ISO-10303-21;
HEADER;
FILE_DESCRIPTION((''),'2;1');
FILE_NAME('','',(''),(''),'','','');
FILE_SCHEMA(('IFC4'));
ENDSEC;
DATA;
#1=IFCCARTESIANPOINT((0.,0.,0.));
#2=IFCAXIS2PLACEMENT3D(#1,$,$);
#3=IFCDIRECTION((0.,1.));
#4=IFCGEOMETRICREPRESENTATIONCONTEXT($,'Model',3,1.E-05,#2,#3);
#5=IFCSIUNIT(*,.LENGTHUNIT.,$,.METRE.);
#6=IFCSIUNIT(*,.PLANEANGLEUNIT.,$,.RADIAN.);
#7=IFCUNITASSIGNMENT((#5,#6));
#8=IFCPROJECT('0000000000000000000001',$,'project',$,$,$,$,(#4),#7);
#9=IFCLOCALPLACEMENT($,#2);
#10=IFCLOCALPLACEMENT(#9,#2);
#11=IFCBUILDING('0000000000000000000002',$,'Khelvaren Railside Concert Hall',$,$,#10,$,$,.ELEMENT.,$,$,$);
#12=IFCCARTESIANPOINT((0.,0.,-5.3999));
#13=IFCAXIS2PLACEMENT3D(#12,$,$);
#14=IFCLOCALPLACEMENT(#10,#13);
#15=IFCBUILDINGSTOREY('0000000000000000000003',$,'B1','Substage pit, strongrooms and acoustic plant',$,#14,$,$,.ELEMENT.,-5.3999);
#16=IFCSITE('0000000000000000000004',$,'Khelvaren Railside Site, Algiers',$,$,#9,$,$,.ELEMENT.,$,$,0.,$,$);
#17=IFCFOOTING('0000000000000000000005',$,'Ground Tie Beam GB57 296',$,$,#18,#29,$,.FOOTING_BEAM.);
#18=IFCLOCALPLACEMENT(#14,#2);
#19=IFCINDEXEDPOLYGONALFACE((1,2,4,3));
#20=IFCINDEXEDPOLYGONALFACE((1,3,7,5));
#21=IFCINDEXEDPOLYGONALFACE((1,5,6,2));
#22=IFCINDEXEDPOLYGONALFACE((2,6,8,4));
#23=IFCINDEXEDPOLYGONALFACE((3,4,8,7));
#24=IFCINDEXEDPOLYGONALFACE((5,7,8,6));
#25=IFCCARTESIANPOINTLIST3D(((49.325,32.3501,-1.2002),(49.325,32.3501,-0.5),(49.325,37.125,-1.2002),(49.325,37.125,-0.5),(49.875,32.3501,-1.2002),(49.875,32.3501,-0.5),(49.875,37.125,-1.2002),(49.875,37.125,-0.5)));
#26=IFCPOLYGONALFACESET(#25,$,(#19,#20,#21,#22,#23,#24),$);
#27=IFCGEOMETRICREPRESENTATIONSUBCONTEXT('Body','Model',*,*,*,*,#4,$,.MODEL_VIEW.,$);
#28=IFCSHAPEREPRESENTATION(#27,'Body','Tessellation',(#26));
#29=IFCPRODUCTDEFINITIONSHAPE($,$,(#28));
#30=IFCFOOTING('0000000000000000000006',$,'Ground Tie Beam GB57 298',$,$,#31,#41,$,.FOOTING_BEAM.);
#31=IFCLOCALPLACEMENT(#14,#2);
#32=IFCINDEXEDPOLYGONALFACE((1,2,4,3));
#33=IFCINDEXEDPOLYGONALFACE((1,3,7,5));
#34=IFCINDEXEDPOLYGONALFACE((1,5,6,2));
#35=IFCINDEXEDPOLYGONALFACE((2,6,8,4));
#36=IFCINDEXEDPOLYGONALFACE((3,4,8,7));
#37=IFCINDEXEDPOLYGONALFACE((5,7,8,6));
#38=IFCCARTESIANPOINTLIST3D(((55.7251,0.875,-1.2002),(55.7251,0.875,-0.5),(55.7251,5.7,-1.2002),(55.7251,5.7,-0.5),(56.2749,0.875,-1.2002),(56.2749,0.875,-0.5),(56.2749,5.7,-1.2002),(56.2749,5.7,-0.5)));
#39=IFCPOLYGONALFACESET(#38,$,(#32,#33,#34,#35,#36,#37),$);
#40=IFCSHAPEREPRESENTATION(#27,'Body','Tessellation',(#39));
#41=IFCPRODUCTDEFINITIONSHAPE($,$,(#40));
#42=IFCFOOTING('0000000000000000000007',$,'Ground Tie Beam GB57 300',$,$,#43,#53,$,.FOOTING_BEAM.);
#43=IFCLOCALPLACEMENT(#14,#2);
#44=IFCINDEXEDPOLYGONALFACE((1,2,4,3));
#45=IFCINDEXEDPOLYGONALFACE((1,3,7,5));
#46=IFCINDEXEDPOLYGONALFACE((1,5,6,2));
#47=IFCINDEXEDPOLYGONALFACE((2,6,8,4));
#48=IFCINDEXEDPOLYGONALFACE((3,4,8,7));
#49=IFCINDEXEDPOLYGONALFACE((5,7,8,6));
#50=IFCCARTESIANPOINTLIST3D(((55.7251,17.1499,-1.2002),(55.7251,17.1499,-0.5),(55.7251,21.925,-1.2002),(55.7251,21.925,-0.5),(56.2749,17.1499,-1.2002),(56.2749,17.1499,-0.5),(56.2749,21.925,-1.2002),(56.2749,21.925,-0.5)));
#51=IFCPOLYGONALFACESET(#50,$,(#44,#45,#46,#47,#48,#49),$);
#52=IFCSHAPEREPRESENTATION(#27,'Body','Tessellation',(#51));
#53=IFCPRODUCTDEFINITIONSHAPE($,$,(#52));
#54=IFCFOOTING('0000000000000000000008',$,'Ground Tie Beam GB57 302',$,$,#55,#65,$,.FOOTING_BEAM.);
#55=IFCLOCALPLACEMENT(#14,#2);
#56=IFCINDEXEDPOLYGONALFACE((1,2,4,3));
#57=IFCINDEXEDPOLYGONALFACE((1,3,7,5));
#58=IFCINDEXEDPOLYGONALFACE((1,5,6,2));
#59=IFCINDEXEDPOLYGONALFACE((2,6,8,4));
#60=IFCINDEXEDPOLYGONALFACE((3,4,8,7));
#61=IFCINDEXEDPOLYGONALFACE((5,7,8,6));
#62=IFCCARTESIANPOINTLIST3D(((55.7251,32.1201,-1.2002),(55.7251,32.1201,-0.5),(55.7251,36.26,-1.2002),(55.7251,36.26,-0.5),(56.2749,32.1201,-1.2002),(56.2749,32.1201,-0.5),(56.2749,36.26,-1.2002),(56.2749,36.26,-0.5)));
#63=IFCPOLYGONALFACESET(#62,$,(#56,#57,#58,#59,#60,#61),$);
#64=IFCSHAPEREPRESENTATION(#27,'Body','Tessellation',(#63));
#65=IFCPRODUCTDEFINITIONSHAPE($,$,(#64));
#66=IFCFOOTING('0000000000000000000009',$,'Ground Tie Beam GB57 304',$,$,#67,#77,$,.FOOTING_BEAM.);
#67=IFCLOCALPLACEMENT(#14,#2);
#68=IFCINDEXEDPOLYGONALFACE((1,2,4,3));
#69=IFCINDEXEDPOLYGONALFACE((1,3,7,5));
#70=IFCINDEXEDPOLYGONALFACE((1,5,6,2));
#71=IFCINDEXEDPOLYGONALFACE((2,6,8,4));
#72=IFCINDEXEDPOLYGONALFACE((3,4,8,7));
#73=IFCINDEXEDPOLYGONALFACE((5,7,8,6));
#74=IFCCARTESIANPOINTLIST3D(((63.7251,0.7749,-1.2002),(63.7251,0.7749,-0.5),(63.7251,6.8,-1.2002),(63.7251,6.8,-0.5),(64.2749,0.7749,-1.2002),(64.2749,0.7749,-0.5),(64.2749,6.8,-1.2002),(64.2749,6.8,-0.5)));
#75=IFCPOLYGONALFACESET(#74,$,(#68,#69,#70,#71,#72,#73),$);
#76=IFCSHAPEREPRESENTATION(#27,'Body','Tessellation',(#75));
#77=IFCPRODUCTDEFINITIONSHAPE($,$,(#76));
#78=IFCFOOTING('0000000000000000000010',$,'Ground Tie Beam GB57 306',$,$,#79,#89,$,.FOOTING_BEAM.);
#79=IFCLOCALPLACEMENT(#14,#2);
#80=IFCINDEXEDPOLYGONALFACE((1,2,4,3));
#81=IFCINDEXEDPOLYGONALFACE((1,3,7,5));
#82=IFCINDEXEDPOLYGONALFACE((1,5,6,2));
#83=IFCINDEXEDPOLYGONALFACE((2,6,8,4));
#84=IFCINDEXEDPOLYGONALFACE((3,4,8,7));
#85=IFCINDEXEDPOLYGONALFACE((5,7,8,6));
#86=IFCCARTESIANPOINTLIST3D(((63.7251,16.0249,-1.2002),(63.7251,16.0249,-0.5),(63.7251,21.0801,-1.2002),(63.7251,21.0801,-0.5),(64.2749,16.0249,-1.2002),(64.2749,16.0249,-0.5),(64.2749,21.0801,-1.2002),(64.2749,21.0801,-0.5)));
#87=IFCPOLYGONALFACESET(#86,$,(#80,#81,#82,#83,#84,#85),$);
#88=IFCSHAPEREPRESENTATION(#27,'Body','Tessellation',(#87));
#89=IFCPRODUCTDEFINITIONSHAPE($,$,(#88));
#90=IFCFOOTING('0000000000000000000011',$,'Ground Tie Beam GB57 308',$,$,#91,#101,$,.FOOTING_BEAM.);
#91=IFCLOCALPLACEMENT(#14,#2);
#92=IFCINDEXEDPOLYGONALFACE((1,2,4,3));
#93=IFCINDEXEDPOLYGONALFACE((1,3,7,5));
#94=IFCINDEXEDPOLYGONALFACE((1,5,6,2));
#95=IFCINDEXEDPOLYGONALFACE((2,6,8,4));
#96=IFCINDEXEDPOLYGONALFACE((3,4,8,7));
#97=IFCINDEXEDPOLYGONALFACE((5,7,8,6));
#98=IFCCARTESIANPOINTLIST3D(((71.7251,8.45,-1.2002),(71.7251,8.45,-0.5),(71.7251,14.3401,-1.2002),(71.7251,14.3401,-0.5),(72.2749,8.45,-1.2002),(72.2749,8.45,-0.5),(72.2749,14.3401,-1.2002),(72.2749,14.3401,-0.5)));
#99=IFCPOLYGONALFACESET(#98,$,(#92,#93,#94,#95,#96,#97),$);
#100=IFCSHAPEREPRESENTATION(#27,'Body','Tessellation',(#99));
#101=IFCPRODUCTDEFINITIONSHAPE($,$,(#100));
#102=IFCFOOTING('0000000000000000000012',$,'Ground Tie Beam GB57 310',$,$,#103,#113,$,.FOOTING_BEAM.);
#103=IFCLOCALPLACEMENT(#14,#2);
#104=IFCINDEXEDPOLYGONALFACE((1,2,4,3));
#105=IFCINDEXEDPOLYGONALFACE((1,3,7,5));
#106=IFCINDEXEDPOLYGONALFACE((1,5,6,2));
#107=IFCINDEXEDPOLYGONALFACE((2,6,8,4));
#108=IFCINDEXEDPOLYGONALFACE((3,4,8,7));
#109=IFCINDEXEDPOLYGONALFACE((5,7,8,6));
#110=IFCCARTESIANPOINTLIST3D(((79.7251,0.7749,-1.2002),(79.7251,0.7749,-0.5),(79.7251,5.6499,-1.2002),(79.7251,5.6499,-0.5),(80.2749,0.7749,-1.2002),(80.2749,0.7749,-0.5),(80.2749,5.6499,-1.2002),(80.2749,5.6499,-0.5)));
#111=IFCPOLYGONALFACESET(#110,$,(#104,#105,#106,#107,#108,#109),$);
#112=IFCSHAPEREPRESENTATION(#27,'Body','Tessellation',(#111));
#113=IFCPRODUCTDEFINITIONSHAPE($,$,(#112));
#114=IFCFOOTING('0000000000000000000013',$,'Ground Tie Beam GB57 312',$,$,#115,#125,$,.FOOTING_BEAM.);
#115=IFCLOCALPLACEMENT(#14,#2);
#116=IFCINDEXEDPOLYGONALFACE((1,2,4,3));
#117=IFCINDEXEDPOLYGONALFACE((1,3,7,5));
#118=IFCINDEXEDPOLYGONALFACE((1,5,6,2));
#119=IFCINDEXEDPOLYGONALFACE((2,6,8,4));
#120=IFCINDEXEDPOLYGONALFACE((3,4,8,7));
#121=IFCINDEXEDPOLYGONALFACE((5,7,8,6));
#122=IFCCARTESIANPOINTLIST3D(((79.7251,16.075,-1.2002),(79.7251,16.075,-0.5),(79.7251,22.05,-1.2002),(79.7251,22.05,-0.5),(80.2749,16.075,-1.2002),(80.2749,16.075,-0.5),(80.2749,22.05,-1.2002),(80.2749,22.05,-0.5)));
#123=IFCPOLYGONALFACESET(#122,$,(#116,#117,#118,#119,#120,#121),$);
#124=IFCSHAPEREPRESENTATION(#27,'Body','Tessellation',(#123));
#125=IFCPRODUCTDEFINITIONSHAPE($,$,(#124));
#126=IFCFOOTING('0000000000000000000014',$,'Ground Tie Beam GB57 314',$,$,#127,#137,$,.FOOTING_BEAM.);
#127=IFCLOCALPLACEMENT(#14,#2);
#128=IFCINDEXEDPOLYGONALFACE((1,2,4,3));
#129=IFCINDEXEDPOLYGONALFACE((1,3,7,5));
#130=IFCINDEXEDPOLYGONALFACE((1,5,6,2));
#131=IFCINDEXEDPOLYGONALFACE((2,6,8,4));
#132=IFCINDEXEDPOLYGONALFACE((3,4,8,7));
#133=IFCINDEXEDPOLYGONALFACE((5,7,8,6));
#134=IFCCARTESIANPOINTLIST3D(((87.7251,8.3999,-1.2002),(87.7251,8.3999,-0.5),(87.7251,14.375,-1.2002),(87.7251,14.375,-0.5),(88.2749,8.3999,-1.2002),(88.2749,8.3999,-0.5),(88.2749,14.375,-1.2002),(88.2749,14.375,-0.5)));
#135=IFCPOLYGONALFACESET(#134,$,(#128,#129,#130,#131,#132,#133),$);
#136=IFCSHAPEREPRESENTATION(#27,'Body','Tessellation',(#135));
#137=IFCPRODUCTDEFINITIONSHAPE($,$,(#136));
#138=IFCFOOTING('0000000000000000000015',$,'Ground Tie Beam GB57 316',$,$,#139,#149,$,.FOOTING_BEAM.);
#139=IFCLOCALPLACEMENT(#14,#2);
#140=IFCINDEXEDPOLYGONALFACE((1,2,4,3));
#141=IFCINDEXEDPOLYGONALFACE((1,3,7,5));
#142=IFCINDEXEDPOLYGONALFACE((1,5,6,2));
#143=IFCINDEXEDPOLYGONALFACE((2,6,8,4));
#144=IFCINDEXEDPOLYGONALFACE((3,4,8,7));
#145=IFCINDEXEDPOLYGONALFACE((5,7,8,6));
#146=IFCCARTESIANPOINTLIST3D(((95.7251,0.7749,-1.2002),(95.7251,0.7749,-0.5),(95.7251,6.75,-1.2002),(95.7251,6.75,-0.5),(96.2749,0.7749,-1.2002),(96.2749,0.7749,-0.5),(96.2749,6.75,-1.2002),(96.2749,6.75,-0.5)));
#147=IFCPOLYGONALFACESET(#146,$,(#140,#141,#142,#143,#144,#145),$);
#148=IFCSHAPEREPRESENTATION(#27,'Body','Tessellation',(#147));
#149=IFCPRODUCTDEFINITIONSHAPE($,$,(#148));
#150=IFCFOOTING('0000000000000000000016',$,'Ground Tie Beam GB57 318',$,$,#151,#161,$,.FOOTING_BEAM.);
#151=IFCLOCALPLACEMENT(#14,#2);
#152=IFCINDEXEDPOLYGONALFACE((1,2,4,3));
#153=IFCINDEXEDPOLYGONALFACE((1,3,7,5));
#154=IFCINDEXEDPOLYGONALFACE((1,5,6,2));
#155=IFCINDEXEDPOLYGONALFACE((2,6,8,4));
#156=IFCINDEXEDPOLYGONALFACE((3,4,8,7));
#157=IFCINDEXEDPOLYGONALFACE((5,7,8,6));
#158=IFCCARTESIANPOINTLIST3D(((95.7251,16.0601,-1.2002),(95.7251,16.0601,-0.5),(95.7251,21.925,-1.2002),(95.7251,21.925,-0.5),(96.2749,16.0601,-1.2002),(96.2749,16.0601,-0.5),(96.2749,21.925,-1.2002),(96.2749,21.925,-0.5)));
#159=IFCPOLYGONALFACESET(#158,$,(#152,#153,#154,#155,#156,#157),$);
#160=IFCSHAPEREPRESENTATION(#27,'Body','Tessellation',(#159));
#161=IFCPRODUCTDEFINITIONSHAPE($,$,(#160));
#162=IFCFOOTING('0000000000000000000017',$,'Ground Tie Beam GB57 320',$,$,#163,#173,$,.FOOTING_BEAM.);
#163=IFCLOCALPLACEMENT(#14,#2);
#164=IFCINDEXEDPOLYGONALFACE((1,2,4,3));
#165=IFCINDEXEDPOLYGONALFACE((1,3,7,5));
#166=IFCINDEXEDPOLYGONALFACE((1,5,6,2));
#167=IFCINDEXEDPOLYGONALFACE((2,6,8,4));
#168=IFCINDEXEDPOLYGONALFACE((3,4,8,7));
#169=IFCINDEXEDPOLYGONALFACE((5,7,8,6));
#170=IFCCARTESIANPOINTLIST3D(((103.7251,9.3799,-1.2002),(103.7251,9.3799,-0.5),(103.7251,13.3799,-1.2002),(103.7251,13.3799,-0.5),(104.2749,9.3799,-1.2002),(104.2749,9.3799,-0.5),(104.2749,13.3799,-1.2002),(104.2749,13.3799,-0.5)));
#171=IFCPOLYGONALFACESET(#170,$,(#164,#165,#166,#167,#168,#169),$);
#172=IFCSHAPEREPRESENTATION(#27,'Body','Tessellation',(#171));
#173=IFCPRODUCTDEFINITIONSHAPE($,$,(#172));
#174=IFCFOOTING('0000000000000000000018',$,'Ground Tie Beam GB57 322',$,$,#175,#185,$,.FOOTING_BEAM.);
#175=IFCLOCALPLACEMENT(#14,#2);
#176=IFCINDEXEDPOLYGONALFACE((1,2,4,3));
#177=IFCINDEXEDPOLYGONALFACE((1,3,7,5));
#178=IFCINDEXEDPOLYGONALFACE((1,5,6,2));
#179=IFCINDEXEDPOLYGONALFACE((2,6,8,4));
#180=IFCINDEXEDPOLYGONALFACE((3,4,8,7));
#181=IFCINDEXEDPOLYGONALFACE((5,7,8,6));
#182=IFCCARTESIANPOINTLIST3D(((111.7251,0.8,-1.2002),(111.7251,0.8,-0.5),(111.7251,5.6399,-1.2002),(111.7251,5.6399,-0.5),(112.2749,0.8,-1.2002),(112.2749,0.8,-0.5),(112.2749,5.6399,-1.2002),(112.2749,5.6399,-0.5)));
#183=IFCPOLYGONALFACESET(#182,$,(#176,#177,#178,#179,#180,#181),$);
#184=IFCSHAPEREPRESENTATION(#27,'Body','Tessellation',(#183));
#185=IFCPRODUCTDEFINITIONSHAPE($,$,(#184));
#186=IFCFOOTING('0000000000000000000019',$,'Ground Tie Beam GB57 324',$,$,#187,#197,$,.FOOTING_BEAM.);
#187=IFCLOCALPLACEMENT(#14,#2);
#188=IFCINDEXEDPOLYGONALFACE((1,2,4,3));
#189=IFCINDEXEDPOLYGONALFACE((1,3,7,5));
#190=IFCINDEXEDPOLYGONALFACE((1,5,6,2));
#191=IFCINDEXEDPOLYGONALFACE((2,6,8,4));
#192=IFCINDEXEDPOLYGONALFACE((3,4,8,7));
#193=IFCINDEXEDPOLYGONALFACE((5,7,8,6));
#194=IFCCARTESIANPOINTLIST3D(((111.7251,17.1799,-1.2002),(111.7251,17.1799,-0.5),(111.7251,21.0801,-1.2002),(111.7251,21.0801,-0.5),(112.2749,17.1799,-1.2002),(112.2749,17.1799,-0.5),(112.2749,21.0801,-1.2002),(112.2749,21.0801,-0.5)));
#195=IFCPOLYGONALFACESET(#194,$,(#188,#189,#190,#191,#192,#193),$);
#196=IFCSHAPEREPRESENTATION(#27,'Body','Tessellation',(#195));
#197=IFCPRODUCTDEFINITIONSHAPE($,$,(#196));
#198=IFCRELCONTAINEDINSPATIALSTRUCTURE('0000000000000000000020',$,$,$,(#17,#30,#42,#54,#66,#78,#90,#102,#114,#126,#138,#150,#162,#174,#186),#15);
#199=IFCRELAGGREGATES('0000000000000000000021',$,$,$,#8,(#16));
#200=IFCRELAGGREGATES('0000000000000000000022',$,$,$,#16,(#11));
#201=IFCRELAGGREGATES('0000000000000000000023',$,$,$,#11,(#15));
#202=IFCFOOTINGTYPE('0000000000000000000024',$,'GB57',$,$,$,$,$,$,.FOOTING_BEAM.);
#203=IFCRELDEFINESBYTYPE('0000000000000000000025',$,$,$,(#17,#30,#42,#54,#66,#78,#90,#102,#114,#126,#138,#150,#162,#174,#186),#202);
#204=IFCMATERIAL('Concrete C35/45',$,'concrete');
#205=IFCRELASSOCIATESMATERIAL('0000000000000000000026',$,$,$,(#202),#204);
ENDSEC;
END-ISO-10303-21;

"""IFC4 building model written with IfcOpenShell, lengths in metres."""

from ifc_helpers import new_model, si_unit, direction, frame, origin, place, context, subcontext, project, spatial, polyline, outline, extrude, material, type_object, element, save


model = new_model("IFC4")

# Units and contexts
model_context = context("Model", 3, precision=1e-05, world=origin(), true_north=direction((0.0, 1.0)))
body_context = subcontext(model_context, "Body", "Model", "MODEL_VIEW")
ifc_project = project(units=[si_unit("LENGTHUNIT", "METRE"), si_unit("PLANEANGLEUNIT", "RADIAN")], contexts=[model_context])

# Site, building, storey
site_placement = place(None, origin())
site = spatial("IfcSite", under=ifc_project, at=site_placement, Name="Khelvaren Railside Site, Algiers", CompositionType="ELEMENT", RefElevation=0.0)
building_placement = place(site_placement, origin())
building = spatial("IfcBuilding", under=site, at=building_placement, Name="Khelvaren Railside Concert Hall", CompositionType="ELEMENT")
storey_placement = place(building_placement, frame((0.0, 0.0, -5.3999)))
storey = spatial("IfcBuildingStorey", under=building, at=storey_placement, Name="B1", Description="Substage pit, strongrooms and acoustic plant", CompositionType="ELEMENT", Elevation=-5.3999)

# Footings
ifc_material = material(Name="Concrete C35/45", Category="concrete")
footing_type = type_object("IfcFootingType", Name="GB57", PredefinedType="FOOTING_BEAM", material=ifc_material)
footing_1_placement = place(storey_placement, frame((0.0, 0.0, -1.2002)))
element("IfcFooting", 1, at=footing_1_placement, inside=storey, type_object=footing_type, Name="Ground Tie Beam GB57 296", PredefinedType="FOOTING_BEAM", context=body_context, shape_type="SweptSolid", body=[
    extrude(outline(polyline([(49.325, 32.3501), (49.875, 32.3501), (49.875, 37.125), (49.325, 37.125), (49.325, 32.3501)])), origin(), (0.0, 0.0, 1.0), 0.7002),
])
footing_2_placement = place(storey_placement, frame((0.0, 0.0, -1.2002)))
element("IfcFooting", 2, at=footing_2_placement, inside=storey, type_object=footing_type, Name="Ground Tie Beam GB57 298", PredefinedType="FOOTING_BEAM", context=body_context, shape_type="SweptSolid", body=[
    extrude(outline(polyline([(55.7251, 0.875), (56.2749, 0.875), (56.2749, 5.7), (55.7251, 5.7), (55.7251, 0.875)])), origin(), (0.0, 0.0, 1.0), 0.7002),
])
footing_3_placement = place(storey_placement, frame((0.0, 0.0, -1.2002)))
element("IfcFooting", 3, at=footing_3_placement, inside=storey, type_object=footing_type, Name="Ground Tie Beam GB57 300", PredefinedType="FOOTING_BEAM", context=body_context, shape_type="SweptSolid", body=[
    extrude(outline(polyline([(55.7251, 17.1499), (56.2749, 17.1499), (56.2749, 21.925), (55.7251, 21.925), (55.7251, 17.1499)])), origin(), (0.0, 0.0, 1.0), 0.7002),
])
footing_4_placement = place(storey_placement, frame((0.0, 0.0, -1.2002)))
element("IfcFooting", 4, at=footing_4_placement, inside=storey, type_object=footing_type, Name="Ground Tie Beam GB57 302", PredefinedType="FOOTING_BEAM", context=body_context, shape_type="SweptSolid", body=[
    extrude(outline(polyline([(55.7251, 32.1201), (56.2749, 32.1201), (56.2749, 36.26), (55.7251, 36.26), (55.7251, 32.1201)])), origin(), (0.0, 0.0, 1.0), 0.7002),
])
footing_5_placement = place(storey_placement, frame((0.0, 0.0, -1.2002)))
element("IfcFooting", 5, at=footing_5_placement, inside=storey, type_object=footing_type, Name="Ground Tie Beam GB57 304", PredefinedType="FOOTING_BEAM", context=body_context, shape_type="SweptSolid", body=[
    extrude(outline(polyline([(63.7251, 0.7749), (64.2749, 0.7749), (64.2749, 6.8), (63.7251, 6.8), (63.7251, 0.7749)])), origin(), (0.0, 0.0, 1.0), 0.7002),
])
footing_6_placement = place(storey_placement, frame((0.0, 0.0, -1.2002)))
element("IfcFooting", 6, at=footing_6_placement, inside=storey, type_object=footing_type, Name="Ground Tie Beam GB57 306", PredefinedType="FOOTING_BEAM", context=body_context, shape_type="SweptSolid", body=[
    extrude(outline(polyline([(63.7251, 16.0249), (64.2749, 16.0249), (64.2749, 21.0801), (63.7251, 21.0801), (63.7251, 16.0249)])), origin(), (0.0, 0.0, 1.0), 0.7002),
])
footing_7_placement = place(storey_placement, frame((0.0, 0.0, -1.2002)))
element("IfcFooting", 7, at=footing_7_placement, inside=storey, type_object=footing_type, Name="Ground Tie Beam GB57 308", PredefinedType="FOOTING_BEAM", context=body_context, shape_type="SweptSolid", body=[
    extrude(outline(polyline([(71.7251, 8.45), (72.2749, 8.45), (72.2749, 14.3401), (71.7251, 14.3401), (71.7251, 8.45)])), origin(), (0.0, 0.0, 1.0), 0.7002),
])
footing_8_placement = place(storey_placement, frame((0.0, 0.0, -1.2002)))
element("IfcFooting", 8, at=footing_8_placement, inside=storey, type_object=footing_type, Name="Ground Tie Beam GB57 310", PredefinedType="FOOTING_BEAM", context=body_context, shape_type="SweptSolid", body=[
    extrude(outline(polyline([(79.7251, 0.7749), (80.2749, 0.7749), (80.2749, 5.6499), (79.7251, 5.6499), (79.7251, 0.7749)])), origin(), (0.0, 0.0, 1.0), 0.7002),
])
footing_9_placement = place(storey_placement, frame((0.0, 0.0, -1.2002)))
element("IfcFooting", 9, at=footing_9_placement, inside=storey, type_object=footing_type, Name="Ground Tie Beam GB57 312", PredefinedType="FOOTING_BEAM", context=body_context, shape_type="SweptSolid", body=[
    extrude(outline(polyline([(79.7251, 16.075), (80.2749, 16.075), (80.2749, 22.05), (79.7251, 22.05), (79.7251, 16.075)])), origin(), (0.0, 0.0, 1.0), 0.7002),
])
footing_10_placement = place(storey_placement, frame((0.0, 0.0, -1.2002)))
element("IfcFooting", 10, at=footing_10_placement, inside=storey, type_object=footing_type, Name="Ground Tie Beam GB57 314", PredefinedType="FOOTING_BEAM", context=body_context, shape_type="SweptSolid", body=[
    extrude(outline(polyline([(87.7251, 8.3999), (88.2749, 8.3999), (88.2749, 14.375), (87.7251, 14.375), (87.7251, 8.3999)])), origin(), (0.0, 0.0, 1.0), 0.7002),
])
footing_11_placement = place(storey_placement, frame((0.0, 0.0, -1.2002)))
element("IfcFooting", 11, at=footing_11_placement, inside=storey, type_object=footing_type, Name="Ground Tie Beam GB57 316", PredefinedType="FOOTING_BEAM", context=body_context, shape_type="SweptSolid", body=[
    extrude(outline(polyline([(95.7251, 0.7749), (96.2749, 0.7749), (96.2749, 6.75), (95.7251, 6.75), (95.7251, 0.7749)])), origin(), (0.0, 0.0, 1.0), 0.7002),
])
footing_12_placement = place(storey_placement, frame((0.0, 0.0, -1.2002)))
element("IfcFooting", 12, at=footing_12_placement, inside=storey, type_object=footing_type, Name="Ground Tie Beam GB57 318", PredefinedType="FOOTING_BEAM", context=body_context, shape_type="SweptSolid", body=[
    extrude(outline(polyline([(95.7251, 16.0601), (96.2749, 16.0601), (96.2749, 21.925), (95.7251, 21.925), (95.7251, 16.0601)])), origin(), (0.0, 0.0, 1.0), 0.7002),
])
footing_13_placement = place(storey_placement, frame((0.0, 0.0, -1.2002)))
element("IfcFooting", 13, at=footing_13_placement, inside=storey, type_object=footing_type, Name="Ground Tie Beam GB57 320", PredefinedType="FOOTING_BEAM", context=body_context, shape_type="SweptSolid", body=[
    extrude(outline(polyline([(103.7251, 9.3799), (104.2749, 9.3799), (104.2749, 13.3799), (103.7251, 13.3799), (103.7251, 9.3799)])), origin(), (0.0, 0.0, 1.0), 0.7002),
])
footing_14_placement = place(storey_placement, frame((0.0, 0.0, -1.2002)))
element("IfcFooting", 14, at=footing_14_placement, inside=storey, type_object=footing_type, Name="Ground Tie Beam GB57 322", PredefinedType="FOOTING_BEAM", context=body_context, shape_type="SweptSolid", body=[
    extrude(outline(polyline([(111.7251, 0.8), (112.2749, 0.8), (112.2749, 5.6399), (111.7251, 5.6399), (111.7251, 0.8)])), origin(), (0.0, 0.0, 1.0), 0.7002),
])
footing_15_placement = place(storey_placement, frame((0.0, 0.0, -1.2002)))
element("IfcFooting", 15, at=footing_15_placement, inside=storey, type_object=footing_type, Name="Ground Tie Beam GB57 324", PredefinedType="FOOTING_BEAM", context=body_context, shape_type="SweptSolid", body=[
    extrude(outline(polyline([(111.7251, 17.1799), (112.2749, 17.1799), (112.2749, 21.0801), (111.7251, 21.0801), (111.7251, 17.1799)])), origin(), (0.0, 0.0, 1.0), 0.7002),
])

save(model, "model.ifc")
